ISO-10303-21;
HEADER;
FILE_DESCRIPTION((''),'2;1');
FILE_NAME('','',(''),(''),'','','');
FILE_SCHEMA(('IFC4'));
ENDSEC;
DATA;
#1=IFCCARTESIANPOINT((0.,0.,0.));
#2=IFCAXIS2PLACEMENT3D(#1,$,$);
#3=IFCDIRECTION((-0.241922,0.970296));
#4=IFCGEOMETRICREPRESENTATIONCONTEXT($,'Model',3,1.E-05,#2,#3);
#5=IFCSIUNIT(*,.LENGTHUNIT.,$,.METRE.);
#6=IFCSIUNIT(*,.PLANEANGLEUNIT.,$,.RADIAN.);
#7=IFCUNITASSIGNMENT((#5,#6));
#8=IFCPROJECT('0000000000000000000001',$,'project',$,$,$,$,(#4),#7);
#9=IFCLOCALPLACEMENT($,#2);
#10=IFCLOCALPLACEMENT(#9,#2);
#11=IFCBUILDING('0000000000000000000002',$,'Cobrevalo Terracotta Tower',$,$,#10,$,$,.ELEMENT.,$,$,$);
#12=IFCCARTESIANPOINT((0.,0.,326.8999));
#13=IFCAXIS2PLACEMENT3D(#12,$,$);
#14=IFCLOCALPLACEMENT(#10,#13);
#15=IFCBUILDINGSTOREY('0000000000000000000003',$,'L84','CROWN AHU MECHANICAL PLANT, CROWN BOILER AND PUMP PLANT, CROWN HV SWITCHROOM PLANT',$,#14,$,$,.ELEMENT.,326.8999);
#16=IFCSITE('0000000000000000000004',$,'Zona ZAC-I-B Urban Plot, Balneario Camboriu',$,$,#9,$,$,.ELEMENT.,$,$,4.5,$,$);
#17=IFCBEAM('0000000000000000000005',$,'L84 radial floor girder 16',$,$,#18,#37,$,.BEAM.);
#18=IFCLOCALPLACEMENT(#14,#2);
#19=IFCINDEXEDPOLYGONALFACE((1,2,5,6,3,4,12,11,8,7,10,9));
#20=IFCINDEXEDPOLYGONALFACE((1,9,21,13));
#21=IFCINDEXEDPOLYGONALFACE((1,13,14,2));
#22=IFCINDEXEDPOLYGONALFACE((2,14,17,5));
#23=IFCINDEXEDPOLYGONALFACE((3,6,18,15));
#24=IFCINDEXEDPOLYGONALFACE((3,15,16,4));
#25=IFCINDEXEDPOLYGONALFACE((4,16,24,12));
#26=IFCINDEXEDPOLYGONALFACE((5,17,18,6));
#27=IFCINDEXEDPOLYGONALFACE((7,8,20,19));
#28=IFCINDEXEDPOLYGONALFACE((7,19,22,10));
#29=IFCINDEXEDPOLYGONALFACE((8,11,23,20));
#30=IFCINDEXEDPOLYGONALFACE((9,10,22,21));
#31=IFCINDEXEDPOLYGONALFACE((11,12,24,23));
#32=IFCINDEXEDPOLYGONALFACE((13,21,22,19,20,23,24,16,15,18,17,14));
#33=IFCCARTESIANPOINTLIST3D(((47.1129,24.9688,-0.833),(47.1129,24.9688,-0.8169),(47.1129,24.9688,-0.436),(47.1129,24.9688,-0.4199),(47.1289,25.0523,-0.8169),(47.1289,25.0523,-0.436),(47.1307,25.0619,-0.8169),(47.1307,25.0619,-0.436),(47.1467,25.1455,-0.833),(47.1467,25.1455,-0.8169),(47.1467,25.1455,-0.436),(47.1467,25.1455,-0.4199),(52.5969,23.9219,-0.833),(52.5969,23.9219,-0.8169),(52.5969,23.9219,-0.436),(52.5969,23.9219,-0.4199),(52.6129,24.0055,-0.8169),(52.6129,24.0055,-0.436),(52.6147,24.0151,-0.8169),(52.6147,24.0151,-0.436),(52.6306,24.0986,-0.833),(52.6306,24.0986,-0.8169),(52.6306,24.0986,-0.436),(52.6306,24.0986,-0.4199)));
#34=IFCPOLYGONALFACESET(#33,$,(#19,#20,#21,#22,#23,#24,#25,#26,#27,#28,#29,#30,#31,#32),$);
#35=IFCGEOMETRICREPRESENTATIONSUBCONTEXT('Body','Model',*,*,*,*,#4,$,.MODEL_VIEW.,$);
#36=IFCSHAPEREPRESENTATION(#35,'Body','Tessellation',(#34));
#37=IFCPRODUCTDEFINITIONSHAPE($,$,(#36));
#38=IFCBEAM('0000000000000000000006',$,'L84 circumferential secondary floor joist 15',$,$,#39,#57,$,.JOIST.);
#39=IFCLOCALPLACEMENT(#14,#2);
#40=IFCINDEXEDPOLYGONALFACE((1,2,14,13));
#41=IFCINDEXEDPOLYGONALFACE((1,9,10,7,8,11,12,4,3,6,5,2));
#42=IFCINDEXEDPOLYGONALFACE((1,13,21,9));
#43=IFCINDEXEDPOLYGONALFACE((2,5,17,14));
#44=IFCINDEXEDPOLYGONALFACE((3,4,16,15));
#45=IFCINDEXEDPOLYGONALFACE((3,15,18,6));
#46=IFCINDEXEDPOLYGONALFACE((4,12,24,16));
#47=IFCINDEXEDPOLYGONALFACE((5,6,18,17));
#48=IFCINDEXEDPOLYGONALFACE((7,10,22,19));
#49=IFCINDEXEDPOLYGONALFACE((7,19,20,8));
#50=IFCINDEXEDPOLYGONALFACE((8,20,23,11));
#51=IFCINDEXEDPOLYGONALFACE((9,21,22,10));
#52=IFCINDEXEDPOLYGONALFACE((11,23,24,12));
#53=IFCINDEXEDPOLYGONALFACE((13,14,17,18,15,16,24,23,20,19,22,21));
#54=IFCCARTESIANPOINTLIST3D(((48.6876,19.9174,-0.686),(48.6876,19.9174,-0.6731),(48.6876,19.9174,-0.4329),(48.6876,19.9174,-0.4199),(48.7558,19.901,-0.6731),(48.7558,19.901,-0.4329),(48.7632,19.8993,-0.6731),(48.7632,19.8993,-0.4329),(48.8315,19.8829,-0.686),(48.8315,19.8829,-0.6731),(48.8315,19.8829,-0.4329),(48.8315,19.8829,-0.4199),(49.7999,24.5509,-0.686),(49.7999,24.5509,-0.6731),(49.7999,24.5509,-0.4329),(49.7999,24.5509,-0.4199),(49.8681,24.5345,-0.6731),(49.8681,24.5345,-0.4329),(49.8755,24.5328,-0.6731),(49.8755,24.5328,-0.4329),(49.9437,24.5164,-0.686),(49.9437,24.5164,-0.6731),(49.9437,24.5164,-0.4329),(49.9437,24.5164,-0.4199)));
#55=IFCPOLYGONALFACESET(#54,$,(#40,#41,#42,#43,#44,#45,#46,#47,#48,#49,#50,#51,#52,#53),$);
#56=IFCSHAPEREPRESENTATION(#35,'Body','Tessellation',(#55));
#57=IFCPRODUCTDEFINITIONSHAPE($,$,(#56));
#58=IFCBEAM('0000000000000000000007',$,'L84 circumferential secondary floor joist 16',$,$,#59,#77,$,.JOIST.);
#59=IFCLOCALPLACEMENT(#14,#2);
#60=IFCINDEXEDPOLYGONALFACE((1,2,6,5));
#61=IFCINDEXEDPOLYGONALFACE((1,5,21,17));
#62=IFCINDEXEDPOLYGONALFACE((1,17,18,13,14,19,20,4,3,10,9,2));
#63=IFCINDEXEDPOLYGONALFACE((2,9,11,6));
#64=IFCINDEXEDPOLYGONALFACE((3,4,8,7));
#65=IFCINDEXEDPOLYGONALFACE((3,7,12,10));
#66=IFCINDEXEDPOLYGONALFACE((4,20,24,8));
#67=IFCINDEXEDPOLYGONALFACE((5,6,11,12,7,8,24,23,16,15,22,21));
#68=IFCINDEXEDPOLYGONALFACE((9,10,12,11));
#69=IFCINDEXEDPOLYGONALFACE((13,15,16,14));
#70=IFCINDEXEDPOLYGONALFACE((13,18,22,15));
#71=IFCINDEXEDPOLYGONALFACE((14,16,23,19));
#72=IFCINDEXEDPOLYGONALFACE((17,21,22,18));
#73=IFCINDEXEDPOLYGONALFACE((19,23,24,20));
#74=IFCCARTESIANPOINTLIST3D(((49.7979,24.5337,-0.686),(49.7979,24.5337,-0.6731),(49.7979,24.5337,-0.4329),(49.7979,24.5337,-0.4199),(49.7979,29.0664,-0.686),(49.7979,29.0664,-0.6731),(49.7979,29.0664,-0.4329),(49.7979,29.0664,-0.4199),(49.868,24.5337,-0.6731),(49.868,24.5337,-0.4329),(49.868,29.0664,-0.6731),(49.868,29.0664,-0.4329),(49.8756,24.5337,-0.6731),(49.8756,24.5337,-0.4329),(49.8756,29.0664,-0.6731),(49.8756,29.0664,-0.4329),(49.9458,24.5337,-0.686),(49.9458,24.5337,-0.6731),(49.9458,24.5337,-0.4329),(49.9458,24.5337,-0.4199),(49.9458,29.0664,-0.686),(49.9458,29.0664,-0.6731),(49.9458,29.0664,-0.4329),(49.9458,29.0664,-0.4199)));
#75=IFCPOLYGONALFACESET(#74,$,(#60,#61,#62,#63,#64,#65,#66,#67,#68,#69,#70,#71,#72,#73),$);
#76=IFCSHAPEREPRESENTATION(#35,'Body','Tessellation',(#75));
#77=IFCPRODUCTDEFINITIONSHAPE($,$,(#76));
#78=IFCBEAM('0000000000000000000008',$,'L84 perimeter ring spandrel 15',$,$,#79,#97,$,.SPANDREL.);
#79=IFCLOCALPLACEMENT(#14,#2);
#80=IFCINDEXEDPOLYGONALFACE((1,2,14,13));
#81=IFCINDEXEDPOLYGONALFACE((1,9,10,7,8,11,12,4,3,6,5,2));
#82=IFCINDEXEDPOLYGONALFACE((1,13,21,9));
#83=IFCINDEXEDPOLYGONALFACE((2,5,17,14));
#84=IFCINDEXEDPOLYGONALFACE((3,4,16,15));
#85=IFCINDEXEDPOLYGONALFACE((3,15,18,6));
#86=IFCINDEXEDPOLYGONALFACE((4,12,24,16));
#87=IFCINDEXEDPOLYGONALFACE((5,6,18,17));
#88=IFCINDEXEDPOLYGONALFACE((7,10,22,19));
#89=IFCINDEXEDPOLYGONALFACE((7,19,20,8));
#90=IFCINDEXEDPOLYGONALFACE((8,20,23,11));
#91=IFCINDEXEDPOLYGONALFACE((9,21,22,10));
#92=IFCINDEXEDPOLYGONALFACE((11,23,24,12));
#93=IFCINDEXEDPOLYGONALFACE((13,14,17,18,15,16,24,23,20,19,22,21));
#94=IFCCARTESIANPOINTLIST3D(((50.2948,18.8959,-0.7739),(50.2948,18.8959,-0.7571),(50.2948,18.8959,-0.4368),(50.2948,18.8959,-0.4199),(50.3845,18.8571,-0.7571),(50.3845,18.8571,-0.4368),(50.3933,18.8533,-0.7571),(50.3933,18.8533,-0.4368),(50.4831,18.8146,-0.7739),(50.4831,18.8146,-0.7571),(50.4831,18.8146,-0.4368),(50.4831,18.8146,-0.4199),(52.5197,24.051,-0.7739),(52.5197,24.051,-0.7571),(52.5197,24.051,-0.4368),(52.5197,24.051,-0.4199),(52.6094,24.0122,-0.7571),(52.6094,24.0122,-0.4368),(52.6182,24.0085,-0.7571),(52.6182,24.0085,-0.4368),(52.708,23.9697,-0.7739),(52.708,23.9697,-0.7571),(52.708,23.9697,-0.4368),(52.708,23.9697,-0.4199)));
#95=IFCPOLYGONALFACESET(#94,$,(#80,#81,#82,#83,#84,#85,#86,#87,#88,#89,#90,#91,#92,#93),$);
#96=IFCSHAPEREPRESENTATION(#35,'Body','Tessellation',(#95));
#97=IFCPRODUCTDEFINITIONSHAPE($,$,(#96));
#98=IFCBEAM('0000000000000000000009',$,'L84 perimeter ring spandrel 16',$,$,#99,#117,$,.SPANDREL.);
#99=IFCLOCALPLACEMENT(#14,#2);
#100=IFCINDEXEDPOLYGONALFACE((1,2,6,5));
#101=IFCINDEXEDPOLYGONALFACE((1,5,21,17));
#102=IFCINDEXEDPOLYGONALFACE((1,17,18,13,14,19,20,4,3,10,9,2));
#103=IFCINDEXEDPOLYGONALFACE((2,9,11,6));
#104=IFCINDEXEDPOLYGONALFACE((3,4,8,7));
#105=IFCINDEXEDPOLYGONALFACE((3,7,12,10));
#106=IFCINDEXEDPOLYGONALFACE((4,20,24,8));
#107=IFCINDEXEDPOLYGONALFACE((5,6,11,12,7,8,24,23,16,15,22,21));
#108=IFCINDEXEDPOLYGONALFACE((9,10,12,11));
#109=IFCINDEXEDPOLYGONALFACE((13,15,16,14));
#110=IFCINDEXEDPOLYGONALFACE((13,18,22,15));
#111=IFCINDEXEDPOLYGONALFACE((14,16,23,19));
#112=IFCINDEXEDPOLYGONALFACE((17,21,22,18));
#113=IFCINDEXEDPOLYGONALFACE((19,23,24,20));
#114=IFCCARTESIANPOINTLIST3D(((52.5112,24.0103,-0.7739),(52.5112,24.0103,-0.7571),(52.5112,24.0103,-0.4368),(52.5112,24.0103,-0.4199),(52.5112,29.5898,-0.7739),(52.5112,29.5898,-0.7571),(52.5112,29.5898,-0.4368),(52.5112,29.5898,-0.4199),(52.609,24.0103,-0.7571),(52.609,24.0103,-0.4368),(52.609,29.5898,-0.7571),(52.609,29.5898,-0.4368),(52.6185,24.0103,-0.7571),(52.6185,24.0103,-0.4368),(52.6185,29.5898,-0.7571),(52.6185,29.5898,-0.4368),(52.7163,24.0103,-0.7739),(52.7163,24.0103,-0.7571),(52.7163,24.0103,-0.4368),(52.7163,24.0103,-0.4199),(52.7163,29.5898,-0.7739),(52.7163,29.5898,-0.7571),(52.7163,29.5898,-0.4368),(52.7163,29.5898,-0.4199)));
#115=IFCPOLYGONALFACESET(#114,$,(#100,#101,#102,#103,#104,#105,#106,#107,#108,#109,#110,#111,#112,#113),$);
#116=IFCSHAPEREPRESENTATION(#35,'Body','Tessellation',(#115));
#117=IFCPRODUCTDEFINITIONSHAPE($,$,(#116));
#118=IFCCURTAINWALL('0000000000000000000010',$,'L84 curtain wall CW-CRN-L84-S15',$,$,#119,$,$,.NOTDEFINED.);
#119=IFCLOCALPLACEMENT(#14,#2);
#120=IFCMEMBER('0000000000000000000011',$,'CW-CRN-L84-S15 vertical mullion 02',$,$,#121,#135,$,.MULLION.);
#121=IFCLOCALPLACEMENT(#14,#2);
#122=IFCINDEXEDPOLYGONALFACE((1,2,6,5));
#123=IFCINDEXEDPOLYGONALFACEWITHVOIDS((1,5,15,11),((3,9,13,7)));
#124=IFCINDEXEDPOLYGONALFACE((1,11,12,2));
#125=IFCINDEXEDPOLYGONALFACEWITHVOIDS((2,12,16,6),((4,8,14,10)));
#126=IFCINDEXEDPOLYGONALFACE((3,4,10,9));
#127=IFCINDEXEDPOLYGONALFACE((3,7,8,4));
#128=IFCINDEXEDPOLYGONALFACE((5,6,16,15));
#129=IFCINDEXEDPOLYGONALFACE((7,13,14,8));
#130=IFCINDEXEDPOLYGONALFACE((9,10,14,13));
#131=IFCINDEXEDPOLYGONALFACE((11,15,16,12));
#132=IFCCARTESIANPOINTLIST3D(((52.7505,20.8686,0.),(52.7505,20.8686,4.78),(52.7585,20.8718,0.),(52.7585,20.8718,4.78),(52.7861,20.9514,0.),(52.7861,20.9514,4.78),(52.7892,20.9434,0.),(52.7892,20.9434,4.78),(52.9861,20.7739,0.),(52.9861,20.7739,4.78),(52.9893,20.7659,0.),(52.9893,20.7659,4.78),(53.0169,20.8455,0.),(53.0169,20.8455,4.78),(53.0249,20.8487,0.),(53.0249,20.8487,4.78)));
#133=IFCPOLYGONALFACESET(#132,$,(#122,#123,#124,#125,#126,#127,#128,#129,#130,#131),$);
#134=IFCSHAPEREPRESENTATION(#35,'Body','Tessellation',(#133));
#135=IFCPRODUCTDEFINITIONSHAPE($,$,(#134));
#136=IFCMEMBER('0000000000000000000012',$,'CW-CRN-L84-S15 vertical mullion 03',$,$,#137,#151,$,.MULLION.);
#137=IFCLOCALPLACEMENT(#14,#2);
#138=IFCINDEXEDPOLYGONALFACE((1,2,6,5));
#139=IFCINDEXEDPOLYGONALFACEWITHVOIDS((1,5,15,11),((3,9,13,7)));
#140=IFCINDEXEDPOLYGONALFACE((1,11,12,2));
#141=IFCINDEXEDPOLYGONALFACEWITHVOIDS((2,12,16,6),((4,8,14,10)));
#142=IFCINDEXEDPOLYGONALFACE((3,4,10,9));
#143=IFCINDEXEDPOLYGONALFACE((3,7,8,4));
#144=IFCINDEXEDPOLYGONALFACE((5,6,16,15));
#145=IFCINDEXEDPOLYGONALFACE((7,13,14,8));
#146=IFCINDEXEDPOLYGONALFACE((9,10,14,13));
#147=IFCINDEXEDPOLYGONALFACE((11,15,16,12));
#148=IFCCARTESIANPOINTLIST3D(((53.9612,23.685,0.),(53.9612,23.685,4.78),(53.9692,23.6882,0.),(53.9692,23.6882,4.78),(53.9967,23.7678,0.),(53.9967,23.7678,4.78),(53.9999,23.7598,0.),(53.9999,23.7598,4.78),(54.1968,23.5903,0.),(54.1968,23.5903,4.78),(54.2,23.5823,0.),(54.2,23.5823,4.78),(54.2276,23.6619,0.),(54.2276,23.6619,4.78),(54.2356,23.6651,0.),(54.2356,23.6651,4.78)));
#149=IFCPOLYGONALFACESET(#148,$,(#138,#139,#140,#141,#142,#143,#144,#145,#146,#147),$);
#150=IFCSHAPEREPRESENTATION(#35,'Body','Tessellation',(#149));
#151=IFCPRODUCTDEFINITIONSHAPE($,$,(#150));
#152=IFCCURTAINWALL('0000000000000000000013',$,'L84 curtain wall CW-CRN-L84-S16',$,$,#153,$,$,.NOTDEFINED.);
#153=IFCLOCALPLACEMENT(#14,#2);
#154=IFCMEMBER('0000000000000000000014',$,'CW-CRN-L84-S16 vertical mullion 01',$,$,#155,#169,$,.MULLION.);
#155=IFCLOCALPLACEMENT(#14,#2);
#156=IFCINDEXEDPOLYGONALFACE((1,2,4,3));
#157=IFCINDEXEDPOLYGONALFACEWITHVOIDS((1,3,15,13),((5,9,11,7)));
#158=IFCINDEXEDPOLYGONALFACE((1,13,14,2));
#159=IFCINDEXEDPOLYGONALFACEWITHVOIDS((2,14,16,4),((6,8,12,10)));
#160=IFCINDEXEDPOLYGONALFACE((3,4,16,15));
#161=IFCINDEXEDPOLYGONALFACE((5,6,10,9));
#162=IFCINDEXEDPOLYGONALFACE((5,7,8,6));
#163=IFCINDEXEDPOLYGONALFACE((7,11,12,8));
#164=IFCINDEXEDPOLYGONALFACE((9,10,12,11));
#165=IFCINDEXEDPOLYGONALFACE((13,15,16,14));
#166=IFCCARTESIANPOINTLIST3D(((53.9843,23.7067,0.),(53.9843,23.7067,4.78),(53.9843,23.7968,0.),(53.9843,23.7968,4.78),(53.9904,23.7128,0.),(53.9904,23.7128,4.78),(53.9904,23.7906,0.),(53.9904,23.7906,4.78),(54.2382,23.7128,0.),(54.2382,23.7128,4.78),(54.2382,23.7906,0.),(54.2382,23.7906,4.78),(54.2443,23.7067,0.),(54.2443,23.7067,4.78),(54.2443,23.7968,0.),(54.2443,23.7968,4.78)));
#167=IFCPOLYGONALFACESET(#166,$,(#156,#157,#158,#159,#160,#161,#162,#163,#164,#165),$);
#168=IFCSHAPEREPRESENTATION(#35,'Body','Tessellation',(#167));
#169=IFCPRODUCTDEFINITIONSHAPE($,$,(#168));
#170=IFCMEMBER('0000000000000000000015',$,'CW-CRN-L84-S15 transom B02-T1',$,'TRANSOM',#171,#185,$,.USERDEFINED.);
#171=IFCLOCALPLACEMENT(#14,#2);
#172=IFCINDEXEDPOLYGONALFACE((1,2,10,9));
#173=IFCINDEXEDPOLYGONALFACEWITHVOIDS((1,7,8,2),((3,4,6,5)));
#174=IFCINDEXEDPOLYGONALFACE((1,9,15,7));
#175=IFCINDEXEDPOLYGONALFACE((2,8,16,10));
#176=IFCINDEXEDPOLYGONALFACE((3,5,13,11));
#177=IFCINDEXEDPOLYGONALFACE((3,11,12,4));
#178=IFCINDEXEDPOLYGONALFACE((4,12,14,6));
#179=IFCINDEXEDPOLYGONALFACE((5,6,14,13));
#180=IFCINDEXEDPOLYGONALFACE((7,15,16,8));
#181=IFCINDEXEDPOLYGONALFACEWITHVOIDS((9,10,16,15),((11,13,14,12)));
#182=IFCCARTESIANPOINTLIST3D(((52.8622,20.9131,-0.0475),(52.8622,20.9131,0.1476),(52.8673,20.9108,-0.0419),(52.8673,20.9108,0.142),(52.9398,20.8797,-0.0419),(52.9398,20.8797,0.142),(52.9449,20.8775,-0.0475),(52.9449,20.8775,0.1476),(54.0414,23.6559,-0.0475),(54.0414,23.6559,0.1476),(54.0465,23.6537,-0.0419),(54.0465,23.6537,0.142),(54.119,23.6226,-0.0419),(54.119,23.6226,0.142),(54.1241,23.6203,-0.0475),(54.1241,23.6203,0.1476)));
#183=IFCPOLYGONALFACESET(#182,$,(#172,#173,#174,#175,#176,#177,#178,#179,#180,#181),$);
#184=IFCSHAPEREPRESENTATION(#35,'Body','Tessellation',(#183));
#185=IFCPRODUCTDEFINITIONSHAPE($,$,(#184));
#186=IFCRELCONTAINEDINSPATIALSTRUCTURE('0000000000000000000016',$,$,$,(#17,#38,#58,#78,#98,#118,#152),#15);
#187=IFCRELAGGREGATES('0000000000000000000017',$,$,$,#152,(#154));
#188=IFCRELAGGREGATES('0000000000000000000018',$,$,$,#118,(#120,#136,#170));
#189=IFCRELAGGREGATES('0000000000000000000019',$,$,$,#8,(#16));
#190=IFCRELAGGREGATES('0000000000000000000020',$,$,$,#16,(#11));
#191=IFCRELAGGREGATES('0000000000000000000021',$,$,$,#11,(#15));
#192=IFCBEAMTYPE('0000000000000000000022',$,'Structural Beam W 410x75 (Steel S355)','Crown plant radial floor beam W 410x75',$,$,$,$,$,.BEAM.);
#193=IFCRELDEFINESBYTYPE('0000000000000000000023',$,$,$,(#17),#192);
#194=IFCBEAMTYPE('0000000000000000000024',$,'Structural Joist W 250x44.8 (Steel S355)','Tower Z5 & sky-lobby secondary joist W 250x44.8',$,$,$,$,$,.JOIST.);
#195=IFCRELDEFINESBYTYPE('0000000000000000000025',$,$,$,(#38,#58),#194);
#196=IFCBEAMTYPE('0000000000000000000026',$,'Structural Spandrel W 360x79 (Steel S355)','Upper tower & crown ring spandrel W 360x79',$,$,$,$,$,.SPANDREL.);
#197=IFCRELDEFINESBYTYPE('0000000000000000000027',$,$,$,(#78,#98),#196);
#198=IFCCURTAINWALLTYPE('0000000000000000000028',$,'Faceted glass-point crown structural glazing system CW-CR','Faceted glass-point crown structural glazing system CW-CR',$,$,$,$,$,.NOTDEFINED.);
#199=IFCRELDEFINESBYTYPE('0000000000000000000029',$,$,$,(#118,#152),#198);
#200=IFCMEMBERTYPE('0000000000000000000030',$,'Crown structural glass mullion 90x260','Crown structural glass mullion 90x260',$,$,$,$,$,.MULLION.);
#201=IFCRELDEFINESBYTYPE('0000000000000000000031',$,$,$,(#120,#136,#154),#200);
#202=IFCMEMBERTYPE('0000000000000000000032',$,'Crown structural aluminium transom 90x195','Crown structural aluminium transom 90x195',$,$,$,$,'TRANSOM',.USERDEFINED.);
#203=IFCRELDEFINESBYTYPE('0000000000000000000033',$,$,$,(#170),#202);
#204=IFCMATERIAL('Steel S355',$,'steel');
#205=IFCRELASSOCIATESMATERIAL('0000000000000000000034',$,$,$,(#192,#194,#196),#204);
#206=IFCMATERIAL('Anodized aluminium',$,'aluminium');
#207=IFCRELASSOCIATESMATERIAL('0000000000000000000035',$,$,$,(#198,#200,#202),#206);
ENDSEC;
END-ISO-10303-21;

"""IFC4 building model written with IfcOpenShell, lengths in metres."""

from ifc_helpers import new_model, si_unit, direction, frame, origin, origin_2d, place, context, subcontext, project, spatial, hollow_rectangle, i_section, extrude, source, transform, mapped, material, material_profile, profile_set, type_object, element, aggregate, save


model = new_model("IFC4")

# Units and contexts
model_context = context("Model", 3, precision=1e-05, world=origin(), true_north=direction((-0.241922, 0.970296)))
body_context = subcontext(model_context, "Body", "Model", "MODEL_VIEW")
ifc_project = project(units=[si_unit("LENGTHUNIT", "METRE"), si_unit("PLANEANGLEUNIT", "RADIAN")], contexts=[model_context])

# Site, building, storey
site_placement = place(None, origin())
site = spatial("IfcSite", under=ifc_project, at=site_placement, Name="Zona ZAC-I-B Urban Plot, Balneario Camboriu", CompositionType="ELEMENT", RefElevation=4.5)
building_placement = place(site_placement, origin())
building = spatial("IfcBuilding", under=site, at=building_placement, Name="Cobrevalo Terracotta Tower", CompositionType="ELEMENT")
storey_placement = place(building_placement, frame((0.0, 0.0, 326.8999)))
storey = spatial("IfcBuildingStorey", under=building, at=storey_placement, Name="L84", Description="CROWN AHU MECHANICAL PLANT, CROWN BOILER AND PUMP PLANT, CROWN HV SWITCHROOM PLANT", CompositionType="ELEMENT", Elevation=326.8999)

# Shared definitions
ifc_material_1 = material(Name="Steel S355", Category="steel")

# Beams
ifc_material_profile_1 = material_profile(ifc_material_1, i_section(OverallWidth=0.1799, OverallDepth=0.4131, WebThickness=0.0098, FlangeThickness=0.0161, at=origin_2d()), Name="W 410x75")
ifc_profile_set_1 = profile_set([ifc_material_profile_1], Name="Steel S355")
beam_type_1 = type_object("IfcBeamType", Name="Structural Beam W 410x75 (Steel S355)", Description="Crown plant radial floor beam W 410x75", PredefinedType="BEAM", material=ifc_profile_set_1)
beam_1_placement = place(storey_placement, frame((52.6138, 24.0103, -0.6265), z_axis=(-0.982262, 0.187514, 0.0), x_axis=(-0.187514, -0.982262, 0.0)))
element("IfcBeam", 1, at=beam_1_placement, inside=storey, type_object=beam_type_1, Name="L84 radial floor girder 16", PredefinedType="BEAM", context=body_context, shape_type="SweptSolid", body=[
    extrude(i_section(OverallWidth=0.1799, OverallDepth=0.4131, WebThickness=0.0098, FlangeThickness=0.0161, at=origin_2d()), origin(), (0.0, 0.0, 1.0), 5.583),
])
ifc_material_profile_2 = material_profile(ifc_material_1, i_section(OverallWidth=0.1479, OverallDepth=0.2661, WebThickness=0.0076, FlangeThickness=0.0129, at=origin_2d()), Name="W 250x44.8")
ifc_profile_set_2 = profile_set([ifc_material_profile_2], Name="Steel S355")
beam_type_2 = type_object("IfcBeamType", Name="Structural Joist W 250x44.8 (Steel S355)", Description="Tower Z5 & sky-lobby secondary joist W 250x44.8", PredefinedType="JOIST", material=ifc_profile_set_2)
beam_2_placement = place(storey_placement, frame((48.7595, 19.9001, -0.553), z_axis=(0.233423, 0.972375, 0.0), x_axis=(-0.972375, 0.233423, 0.0)))
element("IfcBeam", 2, at=beam_2_placement, inside=storey, type_object=beam_type_2, Name="L84 circumferential secondary floor joist 15", PredefinedType="JOIST", context=body_context, shape_type="SweptSolid", body=[
    extrude(i_section(OverallWidth=0.1479, OverallDepth=0.2661, WebThickness=0.0076, FlangeThickness=0.0129, at=origin_2d()), origin(), (0.0, 0.0, 1.0), 4.7651),
])
beam_3_placement = place(storey_placement, frame((49.8718, 24.5337, -0.553), z_axis=(0.0, 1.0, 0.0), x_axis=(-1.0, 0.0, 0.0)))
element("IfcBeam", 3, at=beam_3_placement, inside=storey, type_object=beam_type_2, Name="L84 circumferential secondary floor joist 16", PredefinedType="JOIST", context=body_context, shape_type="SweptSolid", body=[
    extrude(i_section(OverallWidth=0.1479, OverallDepth=0.2661, WebThickness=0.0076, FlangeThickness=0.0129, at=origin_2d()), origin(), (0.0, 0.0, 1.0), 4.5327),
])
ifc_material_profile_3 = material_profile(ifc_material_1, i_section(OverallWidth=0.2051, OverallDepth=0.354, WebThickness=0.0095, FlangeThickness=0.0168, at=origin_2d()), Name="W 360x79")
ifc_profile_set_3 = profile_set([ifc_material_profile_3], Name="Steel S355")
beam_type_3 = type_object("IfcBeamType", Name="Structural Spandrel W 360x79 (Steel S355)", Description="Upper tower & crown ring spandrel W 360x79", PredefinedType="SPANDREL", material=ifc_profile_set_3)
beam_4_placement = place(storey_placement, frame((50.3889, 18.8552, -0.5969), z_axis=(0.396259, 0.918139, 0.0), x_axis=(-0.918139, 0.396259, 0.0)))
element("IfcBeam", 4, at=beam_4_placement, inside=storey, type_object=beam_type_3, Name="L84 perimeter ring spandrel 15", PredefinedType="SPANDREL", context=body_context, shape_type="SweptSolid", body=[
    extrude(i_section(OverallWidth=0.2051, OverallDepth=0.354, WebThickness=0.0095, FlangeThickness=0.0168, at=origin_2d()), origin(), (0.0, 0.0, 1.0), 5.6147),
])
beam_5_placement = place(storey_placement, frame((52.6138, 24.0103, -0.5969), z_axis=(0.0, 1.0, 0.0), x_axis=(-1.0, 0.0, 0.0)))
element("IfcBeam", 5, at=beam_5_placement, inside=storey, type_object=beam_type_3, Name="L84 perimeter ring spandrel 16", PredefinedType="SPANDREL", context=body_context, shape_type="SweptSolid", body=[
    extrude(i_section(OverallWidth=0.2051, OverallDepth=0.354, WebThickness=0.0095, FlangeThickness=0.0168, at=origin_2d()), origin(), (0.0, 0.0, 1.0), 5.5796),
])

# Curtain wall, members
ifc_material_2 = material(Name="Anodized aluminium", Category="aluminium")
curtain_wall_type = type_object("IfcCurtainWallType", Name="Faceted glass-point crown structural glazing system CW-CR", Description="Faceted glass-point crown structural glazing system CW-CR", PredefinedType="NOTDEFINED", material=ifc_material_2)
curtain_wall_1_placement = place(storey_placement, origin())
curtain_wall_1 = element("IfcCurtainWall", 6, at=curtain_wall_1_placement, inside=storey, type_object=curtain_wall_type, Name="L84 curtain wall CW-CRN-L84-S15", PredefinedType="NOTDEFINED")
ifc_material_profile_4 = material_profile(ifc_material_2, hollow_rectangle(XDim=0.0901, YDim=0.26, WallThickness=0.0061, at=origin_2d()), Name="CWM 90x260")
ifc_profile_set_4 = profile_set([ifc_material_profile_4], Name="Anodized aluminium")
member_type_1 = type_object("IfcMemberType", Name="Crown structural glass mullion 90x260", Description="Crown structural glass mullion 90x260", PredefinedType="MULLION", material=ifc_profile_set_4)
shared_shape_1 = source(origin(), body_context, "Body", "SweptSolid", [
    extrude(hollow_rectangle(XDim=0.0901, YDim=0.26, WallThickness=0.0061, at=origin_2d()), origin(), (0.0, 0.0, 1.0), 4.78),
])
member_1_placement = place(storey_placement, frame((52.8877, 20.8586, 0.0), z_axis=(0.0, 0.0, 1.0), x_axis=(0.394968, 0.918695, 0.0)))
member_1 = element("IfcMember", 7, at=member_1_placement, type_object=member_type_1, Name="CW-CRN-L84-S15 vertical mullion 02", PredefinedType="MULLION", context=body_context, shape_type="MappedRepresentation", body=[
    mapped(shared_shape_1, transform((0.0, 0.0, 0.0), scale=1.0)),
])
member_2_placement = place(storey_placement, frame((54.0984, 23.675, 0.0), z_axis=(0.0, 0.0, 1.0), x_axis=(0.394968, 0.918695, 0.0)))
member_2 = element("IfcMember", 8, at=member_2_placement, type_object=member_type_1, Name="CW-CRN-L84-S15 vertical mullion 03", PredefinedType="MULLION", context=body_context, shape_type="MappedRepresentation", body=[
    mapped(shared_shape_1, transform((0.0, 0.0, 0.0), scale=1.0)),
])

# Curtain wall, member
curtain_wall_2_placement = place(storey_placement, origin())
curtain_wall_2 = element("IfcCurtainWall", 9, at=curtain_wall_2_placement, inside=storey, type_object=curtain_wall_type, Name="L84 curtain wall CW-CRN-L84-S16", PredefinedType="NOTDEFINED")
member_3_placement = place(storey_placement, frame((54.1143, 23.7517, 0.0), z_axis=(0.0, 0.0, 1.0), x_axis=(0.0, 1.0, 0.0)))
member_3 = element("IfcMember", 10, at=member_3_placement, type_object=member_type_1, Name="CW-CRN-L84-S16 vertical mullion 01", PredefinedType="MULLION", context=body_context, shape_type="MappedRepresentation", body=[
    mapped(shared_shape_1, transform((0.0, 0.0, 0.0), scale=1.0)),
])

# Member
ifc_material_profile_5 = material_profile(ifc_material_2, hollow_rectangle(XDim=0.0901, YDim=0.1951, WallThickness=0.0056, at=origin_2d()), Name="CWT 90x195")
ifc_profile_set_5 = profile_set([ifc_material_profile_5], Name="Anodized aluminium")
member_type_2 = type_object("IfcMemberType", Name="Crown structural aluminium transom 90x195", Description="Crown structural aluminium transom 90x195", ElementType="TRANSOM", PredefinedType="USERDEFINED", material=ifc_profile_set_5)
shared_shape_2 = source(origin(), body_context, "Body", "SweptSolid", [
    extrude(hollow_rectangle(XDim=0.0901, YDim=0.1951, WallThickness=0.0056, at=origin_2d()), origin(), (0.0, 0.0, 1.0), 2.9856),
])
member_4_placement = place(storey_placement, frame((52.9036, 20.8953, 0.05), z_axis=(0.394955, 0.9187, 0.0), x_axis=(-0.9187, 0.394955, 0.0)))
member_4 = element("IfcMember", 11, at=member_4_placement, type_object=member_type_2, Name="CW-CRN-L84-S15 transom B02-T1", ObjectType="TRANSOM", PredefinedType="USERDEFINED", context=body_context, shape_type="MappedRepresentation", body=[
    mapped(shared_shape_2, transform((0.0, 0.0, 0.0), scale=1.0)),
])
aggregate(curtain_wall_2, [member_3])

aggregate(curtain_wall_1, [member_1, member_2, member_4])

save(model, "model.ifc")
